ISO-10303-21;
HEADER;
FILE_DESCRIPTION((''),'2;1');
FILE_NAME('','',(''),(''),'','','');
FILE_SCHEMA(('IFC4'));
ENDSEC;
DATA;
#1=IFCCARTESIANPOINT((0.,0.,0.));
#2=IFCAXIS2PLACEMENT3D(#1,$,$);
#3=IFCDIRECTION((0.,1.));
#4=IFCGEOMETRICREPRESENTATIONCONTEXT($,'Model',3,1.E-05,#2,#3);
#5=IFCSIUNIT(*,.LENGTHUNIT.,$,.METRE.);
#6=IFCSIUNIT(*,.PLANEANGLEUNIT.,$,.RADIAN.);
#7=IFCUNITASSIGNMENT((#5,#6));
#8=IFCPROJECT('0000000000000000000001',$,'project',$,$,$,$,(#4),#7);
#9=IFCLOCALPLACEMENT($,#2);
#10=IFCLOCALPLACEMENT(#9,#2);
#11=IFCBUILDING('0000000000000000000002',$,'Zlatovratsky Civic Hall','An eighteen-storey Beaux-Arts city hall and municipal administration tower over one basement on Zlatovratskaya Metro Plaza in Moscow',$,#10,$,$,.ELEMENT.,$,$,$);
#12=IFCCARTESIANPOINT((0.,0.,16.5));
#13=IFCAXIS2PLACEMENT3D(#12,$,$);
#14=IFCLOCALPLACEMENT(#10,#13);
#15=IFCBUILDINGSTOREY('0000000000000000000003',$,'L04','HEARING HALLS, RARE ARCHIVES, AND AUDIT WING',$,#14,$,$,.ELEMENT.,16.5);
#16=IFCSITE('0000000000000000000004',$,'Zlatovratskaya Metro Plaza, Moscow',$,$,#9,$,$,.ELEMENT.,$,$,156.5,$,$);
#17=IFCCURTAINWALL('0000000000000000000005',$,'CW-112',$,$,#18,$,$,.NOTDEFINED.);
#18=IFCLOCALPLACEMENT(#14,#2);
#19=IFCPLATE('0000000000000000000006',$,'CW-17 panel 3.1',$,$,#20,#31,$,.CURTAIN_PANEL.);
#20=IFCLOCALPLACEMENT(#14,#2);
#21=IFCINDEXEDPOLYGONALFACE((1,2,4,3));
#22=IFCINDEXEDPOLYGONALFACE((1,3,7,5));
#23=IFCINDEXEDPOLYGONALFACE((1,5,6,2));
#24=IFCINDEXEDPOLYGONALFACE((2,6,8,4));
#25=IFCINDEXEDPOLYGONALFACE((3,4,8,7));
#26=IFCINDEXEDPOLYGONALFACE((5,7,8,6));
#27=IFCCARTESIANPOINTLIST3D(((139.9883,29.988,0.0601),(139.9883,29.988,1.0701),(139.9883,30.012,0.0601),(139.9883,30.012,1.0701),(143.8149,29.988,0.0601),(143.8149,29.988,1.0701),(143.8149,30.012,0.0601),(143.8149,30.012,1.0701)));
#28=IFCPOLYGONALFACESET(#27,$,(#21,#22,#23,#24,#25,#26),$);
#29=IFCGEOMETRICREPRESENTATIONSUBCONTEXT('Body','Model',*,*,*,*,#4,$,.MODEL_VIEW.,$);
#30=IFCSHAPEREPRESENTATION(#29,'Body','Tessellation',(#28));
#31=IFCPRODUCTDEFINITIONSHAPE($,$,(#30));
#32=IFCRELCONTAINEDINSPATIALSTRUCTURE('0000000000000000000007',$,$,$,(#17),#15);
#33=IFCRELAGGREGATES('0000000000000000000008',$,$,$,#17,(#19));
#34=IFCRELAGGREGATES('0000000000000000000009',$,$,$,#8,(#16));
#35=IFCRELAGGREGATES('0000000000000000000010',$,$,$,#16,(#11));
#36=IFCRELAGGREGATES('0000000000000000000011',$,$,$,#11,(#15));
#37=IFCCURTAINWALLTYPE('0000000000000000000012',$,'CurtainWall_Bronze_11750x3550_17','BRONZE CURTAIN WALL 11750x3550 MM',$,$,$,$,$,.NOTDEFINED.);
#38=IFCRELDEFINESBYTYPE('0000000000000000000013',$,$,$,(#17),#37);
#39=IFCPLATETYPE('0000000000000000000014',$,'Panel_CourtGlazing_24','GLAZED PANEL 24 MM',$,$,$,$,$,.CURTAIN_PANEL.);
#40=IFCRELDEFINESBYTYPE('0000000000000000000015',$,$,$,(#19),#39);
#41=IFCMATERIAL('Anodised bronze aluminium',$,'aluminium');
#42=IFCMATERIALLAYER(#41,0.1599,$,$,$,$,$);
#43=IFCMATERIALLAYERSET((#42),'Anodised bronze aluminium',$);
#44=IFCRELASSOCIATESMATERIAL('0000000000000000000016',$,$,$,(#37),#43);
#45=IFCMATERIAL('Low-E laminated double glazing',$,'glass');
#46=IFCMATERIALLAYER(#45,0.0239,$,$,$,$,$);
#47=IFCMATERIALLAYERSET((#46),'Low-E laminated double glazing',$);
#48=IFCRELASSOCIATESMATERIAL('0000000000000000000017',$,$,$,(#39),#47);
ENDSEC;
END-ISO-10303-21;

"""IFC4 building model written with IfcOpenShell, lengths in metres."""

from ifc_helpers import new_model, si_unit, direction, frame, origin, origin_2d, place, context, subcontext, project, spatial, rectangle, extrude, material, layer, layer_set, type_object, element, aggregate, save


model = new_model("IFC4")

# Units and contexts
model_context = context("Model", 3, precision=1e-05, world=origin(), true_north=direction((0.0, 1.0)))
body_context = subcontext(model_context, "Body", "Model", "MODEL_VIEW")
ifc_project = project(units=[si_unit("LENGTHUNIT", "METRE"), si_unit("PLANEANGLEUNIT", "RADIAN")], contexts=[model_context])

# Site, building, storey
site_placement = place(None, origin())
site = spatial("IfcSite", under=ifc_project, at=site_placement, Name="Zlatovratskaya Metro Plaza, Moscow", CompositionType="ELEMENT", RefElevation=156.5)
building_placement = place(site_placement, origin())
building = spatial("IfcBuilding", under=site, at=building_placement, Name="Zlatovratsky Civic Hall", Description="An eighteen-storey Beaux-Arts city hall and municipal administration tower over one basement on Zlatovratskaya Metro Plaza in Moscow", CompositionType="ELEMENT")
storey_placement = place(building_placement, frame((0.0, 0.0, 16.5)))
storey = spatial("IfcBuildingStorey", under=building, at=storey_placement, Name="L04", Description="HEARING HALLS, RARE ARCHIVES, AND AUDIT WING", CompositionType="ELEMENT", Elevation=16.5)

# Curtain wall
ifc_material_1 = material(Name="Anodised bronze aluminium", Category="aluminium")
ifc_layer_1 = layer(ifc_material_1, 0.1599)
ifc_layer_set_1 = layer_set([ifc_layer_1], Name="Anodised bronze aluminium")
curtain_wall_type = type_object("IfcCurtainWallType", Name="CurtainWall_Bronze_11750x3550_17", Description="BRONZE CURTAIN WALL 11750x3550 MM", PredefinedType="NOTDEFINED", material=ifc_layer_set_1)
curtain_wall_1_placement = place(storey_placement, origin())
curtain_wall_1 = element("IfcCurtainWall", 1, at=curtain_wall_1_placement, inside=storey, type_object=curtain_wall_type, Name="CW-112", PredefinedType="NOTDEFINED")

# Plate
ifc_material_2 = material(Name="Low-E laminated double glazing", Category="glass")
ifc_layer_2 = layer(ifc_material_2, 0.0239)
ifc_layer_set_2 = layer_set([ifc_layer_2], Name="Low-E laminated double glazing")
plate_type = type_object("IfcPlateType", Name="Panel_CourtGlazing_24", Description="GLAZED PANEL 24 MM", PredefinedType="CURTAIN_PANEL", material=ifc_layer_set_2)
plate_1_placement = place(storey_placement, frame((141.9016, 30.0, 0.0601), z_axis=(0.0, 0.0, 1.0), x_axis=(1.0, 0.0, 0.0)))
plate_1 = element("IfcPlate", 2, at=plate_1_placement, type_object=plate_type, Name="CW-17 panel 3.1", PredefinedType="CURTAIN_PANEL", context=body_context, shape_type="SweptSolid", body=[
    extrude(rectangle(XDim=3.8267, YDim=0.0239, at=origin_2d()), origin(), (0.0, 0.0, 1.0), 1.01),
])
aggregate(curtain_wall_1, [plate_1])

save(model, "model.ifc")
